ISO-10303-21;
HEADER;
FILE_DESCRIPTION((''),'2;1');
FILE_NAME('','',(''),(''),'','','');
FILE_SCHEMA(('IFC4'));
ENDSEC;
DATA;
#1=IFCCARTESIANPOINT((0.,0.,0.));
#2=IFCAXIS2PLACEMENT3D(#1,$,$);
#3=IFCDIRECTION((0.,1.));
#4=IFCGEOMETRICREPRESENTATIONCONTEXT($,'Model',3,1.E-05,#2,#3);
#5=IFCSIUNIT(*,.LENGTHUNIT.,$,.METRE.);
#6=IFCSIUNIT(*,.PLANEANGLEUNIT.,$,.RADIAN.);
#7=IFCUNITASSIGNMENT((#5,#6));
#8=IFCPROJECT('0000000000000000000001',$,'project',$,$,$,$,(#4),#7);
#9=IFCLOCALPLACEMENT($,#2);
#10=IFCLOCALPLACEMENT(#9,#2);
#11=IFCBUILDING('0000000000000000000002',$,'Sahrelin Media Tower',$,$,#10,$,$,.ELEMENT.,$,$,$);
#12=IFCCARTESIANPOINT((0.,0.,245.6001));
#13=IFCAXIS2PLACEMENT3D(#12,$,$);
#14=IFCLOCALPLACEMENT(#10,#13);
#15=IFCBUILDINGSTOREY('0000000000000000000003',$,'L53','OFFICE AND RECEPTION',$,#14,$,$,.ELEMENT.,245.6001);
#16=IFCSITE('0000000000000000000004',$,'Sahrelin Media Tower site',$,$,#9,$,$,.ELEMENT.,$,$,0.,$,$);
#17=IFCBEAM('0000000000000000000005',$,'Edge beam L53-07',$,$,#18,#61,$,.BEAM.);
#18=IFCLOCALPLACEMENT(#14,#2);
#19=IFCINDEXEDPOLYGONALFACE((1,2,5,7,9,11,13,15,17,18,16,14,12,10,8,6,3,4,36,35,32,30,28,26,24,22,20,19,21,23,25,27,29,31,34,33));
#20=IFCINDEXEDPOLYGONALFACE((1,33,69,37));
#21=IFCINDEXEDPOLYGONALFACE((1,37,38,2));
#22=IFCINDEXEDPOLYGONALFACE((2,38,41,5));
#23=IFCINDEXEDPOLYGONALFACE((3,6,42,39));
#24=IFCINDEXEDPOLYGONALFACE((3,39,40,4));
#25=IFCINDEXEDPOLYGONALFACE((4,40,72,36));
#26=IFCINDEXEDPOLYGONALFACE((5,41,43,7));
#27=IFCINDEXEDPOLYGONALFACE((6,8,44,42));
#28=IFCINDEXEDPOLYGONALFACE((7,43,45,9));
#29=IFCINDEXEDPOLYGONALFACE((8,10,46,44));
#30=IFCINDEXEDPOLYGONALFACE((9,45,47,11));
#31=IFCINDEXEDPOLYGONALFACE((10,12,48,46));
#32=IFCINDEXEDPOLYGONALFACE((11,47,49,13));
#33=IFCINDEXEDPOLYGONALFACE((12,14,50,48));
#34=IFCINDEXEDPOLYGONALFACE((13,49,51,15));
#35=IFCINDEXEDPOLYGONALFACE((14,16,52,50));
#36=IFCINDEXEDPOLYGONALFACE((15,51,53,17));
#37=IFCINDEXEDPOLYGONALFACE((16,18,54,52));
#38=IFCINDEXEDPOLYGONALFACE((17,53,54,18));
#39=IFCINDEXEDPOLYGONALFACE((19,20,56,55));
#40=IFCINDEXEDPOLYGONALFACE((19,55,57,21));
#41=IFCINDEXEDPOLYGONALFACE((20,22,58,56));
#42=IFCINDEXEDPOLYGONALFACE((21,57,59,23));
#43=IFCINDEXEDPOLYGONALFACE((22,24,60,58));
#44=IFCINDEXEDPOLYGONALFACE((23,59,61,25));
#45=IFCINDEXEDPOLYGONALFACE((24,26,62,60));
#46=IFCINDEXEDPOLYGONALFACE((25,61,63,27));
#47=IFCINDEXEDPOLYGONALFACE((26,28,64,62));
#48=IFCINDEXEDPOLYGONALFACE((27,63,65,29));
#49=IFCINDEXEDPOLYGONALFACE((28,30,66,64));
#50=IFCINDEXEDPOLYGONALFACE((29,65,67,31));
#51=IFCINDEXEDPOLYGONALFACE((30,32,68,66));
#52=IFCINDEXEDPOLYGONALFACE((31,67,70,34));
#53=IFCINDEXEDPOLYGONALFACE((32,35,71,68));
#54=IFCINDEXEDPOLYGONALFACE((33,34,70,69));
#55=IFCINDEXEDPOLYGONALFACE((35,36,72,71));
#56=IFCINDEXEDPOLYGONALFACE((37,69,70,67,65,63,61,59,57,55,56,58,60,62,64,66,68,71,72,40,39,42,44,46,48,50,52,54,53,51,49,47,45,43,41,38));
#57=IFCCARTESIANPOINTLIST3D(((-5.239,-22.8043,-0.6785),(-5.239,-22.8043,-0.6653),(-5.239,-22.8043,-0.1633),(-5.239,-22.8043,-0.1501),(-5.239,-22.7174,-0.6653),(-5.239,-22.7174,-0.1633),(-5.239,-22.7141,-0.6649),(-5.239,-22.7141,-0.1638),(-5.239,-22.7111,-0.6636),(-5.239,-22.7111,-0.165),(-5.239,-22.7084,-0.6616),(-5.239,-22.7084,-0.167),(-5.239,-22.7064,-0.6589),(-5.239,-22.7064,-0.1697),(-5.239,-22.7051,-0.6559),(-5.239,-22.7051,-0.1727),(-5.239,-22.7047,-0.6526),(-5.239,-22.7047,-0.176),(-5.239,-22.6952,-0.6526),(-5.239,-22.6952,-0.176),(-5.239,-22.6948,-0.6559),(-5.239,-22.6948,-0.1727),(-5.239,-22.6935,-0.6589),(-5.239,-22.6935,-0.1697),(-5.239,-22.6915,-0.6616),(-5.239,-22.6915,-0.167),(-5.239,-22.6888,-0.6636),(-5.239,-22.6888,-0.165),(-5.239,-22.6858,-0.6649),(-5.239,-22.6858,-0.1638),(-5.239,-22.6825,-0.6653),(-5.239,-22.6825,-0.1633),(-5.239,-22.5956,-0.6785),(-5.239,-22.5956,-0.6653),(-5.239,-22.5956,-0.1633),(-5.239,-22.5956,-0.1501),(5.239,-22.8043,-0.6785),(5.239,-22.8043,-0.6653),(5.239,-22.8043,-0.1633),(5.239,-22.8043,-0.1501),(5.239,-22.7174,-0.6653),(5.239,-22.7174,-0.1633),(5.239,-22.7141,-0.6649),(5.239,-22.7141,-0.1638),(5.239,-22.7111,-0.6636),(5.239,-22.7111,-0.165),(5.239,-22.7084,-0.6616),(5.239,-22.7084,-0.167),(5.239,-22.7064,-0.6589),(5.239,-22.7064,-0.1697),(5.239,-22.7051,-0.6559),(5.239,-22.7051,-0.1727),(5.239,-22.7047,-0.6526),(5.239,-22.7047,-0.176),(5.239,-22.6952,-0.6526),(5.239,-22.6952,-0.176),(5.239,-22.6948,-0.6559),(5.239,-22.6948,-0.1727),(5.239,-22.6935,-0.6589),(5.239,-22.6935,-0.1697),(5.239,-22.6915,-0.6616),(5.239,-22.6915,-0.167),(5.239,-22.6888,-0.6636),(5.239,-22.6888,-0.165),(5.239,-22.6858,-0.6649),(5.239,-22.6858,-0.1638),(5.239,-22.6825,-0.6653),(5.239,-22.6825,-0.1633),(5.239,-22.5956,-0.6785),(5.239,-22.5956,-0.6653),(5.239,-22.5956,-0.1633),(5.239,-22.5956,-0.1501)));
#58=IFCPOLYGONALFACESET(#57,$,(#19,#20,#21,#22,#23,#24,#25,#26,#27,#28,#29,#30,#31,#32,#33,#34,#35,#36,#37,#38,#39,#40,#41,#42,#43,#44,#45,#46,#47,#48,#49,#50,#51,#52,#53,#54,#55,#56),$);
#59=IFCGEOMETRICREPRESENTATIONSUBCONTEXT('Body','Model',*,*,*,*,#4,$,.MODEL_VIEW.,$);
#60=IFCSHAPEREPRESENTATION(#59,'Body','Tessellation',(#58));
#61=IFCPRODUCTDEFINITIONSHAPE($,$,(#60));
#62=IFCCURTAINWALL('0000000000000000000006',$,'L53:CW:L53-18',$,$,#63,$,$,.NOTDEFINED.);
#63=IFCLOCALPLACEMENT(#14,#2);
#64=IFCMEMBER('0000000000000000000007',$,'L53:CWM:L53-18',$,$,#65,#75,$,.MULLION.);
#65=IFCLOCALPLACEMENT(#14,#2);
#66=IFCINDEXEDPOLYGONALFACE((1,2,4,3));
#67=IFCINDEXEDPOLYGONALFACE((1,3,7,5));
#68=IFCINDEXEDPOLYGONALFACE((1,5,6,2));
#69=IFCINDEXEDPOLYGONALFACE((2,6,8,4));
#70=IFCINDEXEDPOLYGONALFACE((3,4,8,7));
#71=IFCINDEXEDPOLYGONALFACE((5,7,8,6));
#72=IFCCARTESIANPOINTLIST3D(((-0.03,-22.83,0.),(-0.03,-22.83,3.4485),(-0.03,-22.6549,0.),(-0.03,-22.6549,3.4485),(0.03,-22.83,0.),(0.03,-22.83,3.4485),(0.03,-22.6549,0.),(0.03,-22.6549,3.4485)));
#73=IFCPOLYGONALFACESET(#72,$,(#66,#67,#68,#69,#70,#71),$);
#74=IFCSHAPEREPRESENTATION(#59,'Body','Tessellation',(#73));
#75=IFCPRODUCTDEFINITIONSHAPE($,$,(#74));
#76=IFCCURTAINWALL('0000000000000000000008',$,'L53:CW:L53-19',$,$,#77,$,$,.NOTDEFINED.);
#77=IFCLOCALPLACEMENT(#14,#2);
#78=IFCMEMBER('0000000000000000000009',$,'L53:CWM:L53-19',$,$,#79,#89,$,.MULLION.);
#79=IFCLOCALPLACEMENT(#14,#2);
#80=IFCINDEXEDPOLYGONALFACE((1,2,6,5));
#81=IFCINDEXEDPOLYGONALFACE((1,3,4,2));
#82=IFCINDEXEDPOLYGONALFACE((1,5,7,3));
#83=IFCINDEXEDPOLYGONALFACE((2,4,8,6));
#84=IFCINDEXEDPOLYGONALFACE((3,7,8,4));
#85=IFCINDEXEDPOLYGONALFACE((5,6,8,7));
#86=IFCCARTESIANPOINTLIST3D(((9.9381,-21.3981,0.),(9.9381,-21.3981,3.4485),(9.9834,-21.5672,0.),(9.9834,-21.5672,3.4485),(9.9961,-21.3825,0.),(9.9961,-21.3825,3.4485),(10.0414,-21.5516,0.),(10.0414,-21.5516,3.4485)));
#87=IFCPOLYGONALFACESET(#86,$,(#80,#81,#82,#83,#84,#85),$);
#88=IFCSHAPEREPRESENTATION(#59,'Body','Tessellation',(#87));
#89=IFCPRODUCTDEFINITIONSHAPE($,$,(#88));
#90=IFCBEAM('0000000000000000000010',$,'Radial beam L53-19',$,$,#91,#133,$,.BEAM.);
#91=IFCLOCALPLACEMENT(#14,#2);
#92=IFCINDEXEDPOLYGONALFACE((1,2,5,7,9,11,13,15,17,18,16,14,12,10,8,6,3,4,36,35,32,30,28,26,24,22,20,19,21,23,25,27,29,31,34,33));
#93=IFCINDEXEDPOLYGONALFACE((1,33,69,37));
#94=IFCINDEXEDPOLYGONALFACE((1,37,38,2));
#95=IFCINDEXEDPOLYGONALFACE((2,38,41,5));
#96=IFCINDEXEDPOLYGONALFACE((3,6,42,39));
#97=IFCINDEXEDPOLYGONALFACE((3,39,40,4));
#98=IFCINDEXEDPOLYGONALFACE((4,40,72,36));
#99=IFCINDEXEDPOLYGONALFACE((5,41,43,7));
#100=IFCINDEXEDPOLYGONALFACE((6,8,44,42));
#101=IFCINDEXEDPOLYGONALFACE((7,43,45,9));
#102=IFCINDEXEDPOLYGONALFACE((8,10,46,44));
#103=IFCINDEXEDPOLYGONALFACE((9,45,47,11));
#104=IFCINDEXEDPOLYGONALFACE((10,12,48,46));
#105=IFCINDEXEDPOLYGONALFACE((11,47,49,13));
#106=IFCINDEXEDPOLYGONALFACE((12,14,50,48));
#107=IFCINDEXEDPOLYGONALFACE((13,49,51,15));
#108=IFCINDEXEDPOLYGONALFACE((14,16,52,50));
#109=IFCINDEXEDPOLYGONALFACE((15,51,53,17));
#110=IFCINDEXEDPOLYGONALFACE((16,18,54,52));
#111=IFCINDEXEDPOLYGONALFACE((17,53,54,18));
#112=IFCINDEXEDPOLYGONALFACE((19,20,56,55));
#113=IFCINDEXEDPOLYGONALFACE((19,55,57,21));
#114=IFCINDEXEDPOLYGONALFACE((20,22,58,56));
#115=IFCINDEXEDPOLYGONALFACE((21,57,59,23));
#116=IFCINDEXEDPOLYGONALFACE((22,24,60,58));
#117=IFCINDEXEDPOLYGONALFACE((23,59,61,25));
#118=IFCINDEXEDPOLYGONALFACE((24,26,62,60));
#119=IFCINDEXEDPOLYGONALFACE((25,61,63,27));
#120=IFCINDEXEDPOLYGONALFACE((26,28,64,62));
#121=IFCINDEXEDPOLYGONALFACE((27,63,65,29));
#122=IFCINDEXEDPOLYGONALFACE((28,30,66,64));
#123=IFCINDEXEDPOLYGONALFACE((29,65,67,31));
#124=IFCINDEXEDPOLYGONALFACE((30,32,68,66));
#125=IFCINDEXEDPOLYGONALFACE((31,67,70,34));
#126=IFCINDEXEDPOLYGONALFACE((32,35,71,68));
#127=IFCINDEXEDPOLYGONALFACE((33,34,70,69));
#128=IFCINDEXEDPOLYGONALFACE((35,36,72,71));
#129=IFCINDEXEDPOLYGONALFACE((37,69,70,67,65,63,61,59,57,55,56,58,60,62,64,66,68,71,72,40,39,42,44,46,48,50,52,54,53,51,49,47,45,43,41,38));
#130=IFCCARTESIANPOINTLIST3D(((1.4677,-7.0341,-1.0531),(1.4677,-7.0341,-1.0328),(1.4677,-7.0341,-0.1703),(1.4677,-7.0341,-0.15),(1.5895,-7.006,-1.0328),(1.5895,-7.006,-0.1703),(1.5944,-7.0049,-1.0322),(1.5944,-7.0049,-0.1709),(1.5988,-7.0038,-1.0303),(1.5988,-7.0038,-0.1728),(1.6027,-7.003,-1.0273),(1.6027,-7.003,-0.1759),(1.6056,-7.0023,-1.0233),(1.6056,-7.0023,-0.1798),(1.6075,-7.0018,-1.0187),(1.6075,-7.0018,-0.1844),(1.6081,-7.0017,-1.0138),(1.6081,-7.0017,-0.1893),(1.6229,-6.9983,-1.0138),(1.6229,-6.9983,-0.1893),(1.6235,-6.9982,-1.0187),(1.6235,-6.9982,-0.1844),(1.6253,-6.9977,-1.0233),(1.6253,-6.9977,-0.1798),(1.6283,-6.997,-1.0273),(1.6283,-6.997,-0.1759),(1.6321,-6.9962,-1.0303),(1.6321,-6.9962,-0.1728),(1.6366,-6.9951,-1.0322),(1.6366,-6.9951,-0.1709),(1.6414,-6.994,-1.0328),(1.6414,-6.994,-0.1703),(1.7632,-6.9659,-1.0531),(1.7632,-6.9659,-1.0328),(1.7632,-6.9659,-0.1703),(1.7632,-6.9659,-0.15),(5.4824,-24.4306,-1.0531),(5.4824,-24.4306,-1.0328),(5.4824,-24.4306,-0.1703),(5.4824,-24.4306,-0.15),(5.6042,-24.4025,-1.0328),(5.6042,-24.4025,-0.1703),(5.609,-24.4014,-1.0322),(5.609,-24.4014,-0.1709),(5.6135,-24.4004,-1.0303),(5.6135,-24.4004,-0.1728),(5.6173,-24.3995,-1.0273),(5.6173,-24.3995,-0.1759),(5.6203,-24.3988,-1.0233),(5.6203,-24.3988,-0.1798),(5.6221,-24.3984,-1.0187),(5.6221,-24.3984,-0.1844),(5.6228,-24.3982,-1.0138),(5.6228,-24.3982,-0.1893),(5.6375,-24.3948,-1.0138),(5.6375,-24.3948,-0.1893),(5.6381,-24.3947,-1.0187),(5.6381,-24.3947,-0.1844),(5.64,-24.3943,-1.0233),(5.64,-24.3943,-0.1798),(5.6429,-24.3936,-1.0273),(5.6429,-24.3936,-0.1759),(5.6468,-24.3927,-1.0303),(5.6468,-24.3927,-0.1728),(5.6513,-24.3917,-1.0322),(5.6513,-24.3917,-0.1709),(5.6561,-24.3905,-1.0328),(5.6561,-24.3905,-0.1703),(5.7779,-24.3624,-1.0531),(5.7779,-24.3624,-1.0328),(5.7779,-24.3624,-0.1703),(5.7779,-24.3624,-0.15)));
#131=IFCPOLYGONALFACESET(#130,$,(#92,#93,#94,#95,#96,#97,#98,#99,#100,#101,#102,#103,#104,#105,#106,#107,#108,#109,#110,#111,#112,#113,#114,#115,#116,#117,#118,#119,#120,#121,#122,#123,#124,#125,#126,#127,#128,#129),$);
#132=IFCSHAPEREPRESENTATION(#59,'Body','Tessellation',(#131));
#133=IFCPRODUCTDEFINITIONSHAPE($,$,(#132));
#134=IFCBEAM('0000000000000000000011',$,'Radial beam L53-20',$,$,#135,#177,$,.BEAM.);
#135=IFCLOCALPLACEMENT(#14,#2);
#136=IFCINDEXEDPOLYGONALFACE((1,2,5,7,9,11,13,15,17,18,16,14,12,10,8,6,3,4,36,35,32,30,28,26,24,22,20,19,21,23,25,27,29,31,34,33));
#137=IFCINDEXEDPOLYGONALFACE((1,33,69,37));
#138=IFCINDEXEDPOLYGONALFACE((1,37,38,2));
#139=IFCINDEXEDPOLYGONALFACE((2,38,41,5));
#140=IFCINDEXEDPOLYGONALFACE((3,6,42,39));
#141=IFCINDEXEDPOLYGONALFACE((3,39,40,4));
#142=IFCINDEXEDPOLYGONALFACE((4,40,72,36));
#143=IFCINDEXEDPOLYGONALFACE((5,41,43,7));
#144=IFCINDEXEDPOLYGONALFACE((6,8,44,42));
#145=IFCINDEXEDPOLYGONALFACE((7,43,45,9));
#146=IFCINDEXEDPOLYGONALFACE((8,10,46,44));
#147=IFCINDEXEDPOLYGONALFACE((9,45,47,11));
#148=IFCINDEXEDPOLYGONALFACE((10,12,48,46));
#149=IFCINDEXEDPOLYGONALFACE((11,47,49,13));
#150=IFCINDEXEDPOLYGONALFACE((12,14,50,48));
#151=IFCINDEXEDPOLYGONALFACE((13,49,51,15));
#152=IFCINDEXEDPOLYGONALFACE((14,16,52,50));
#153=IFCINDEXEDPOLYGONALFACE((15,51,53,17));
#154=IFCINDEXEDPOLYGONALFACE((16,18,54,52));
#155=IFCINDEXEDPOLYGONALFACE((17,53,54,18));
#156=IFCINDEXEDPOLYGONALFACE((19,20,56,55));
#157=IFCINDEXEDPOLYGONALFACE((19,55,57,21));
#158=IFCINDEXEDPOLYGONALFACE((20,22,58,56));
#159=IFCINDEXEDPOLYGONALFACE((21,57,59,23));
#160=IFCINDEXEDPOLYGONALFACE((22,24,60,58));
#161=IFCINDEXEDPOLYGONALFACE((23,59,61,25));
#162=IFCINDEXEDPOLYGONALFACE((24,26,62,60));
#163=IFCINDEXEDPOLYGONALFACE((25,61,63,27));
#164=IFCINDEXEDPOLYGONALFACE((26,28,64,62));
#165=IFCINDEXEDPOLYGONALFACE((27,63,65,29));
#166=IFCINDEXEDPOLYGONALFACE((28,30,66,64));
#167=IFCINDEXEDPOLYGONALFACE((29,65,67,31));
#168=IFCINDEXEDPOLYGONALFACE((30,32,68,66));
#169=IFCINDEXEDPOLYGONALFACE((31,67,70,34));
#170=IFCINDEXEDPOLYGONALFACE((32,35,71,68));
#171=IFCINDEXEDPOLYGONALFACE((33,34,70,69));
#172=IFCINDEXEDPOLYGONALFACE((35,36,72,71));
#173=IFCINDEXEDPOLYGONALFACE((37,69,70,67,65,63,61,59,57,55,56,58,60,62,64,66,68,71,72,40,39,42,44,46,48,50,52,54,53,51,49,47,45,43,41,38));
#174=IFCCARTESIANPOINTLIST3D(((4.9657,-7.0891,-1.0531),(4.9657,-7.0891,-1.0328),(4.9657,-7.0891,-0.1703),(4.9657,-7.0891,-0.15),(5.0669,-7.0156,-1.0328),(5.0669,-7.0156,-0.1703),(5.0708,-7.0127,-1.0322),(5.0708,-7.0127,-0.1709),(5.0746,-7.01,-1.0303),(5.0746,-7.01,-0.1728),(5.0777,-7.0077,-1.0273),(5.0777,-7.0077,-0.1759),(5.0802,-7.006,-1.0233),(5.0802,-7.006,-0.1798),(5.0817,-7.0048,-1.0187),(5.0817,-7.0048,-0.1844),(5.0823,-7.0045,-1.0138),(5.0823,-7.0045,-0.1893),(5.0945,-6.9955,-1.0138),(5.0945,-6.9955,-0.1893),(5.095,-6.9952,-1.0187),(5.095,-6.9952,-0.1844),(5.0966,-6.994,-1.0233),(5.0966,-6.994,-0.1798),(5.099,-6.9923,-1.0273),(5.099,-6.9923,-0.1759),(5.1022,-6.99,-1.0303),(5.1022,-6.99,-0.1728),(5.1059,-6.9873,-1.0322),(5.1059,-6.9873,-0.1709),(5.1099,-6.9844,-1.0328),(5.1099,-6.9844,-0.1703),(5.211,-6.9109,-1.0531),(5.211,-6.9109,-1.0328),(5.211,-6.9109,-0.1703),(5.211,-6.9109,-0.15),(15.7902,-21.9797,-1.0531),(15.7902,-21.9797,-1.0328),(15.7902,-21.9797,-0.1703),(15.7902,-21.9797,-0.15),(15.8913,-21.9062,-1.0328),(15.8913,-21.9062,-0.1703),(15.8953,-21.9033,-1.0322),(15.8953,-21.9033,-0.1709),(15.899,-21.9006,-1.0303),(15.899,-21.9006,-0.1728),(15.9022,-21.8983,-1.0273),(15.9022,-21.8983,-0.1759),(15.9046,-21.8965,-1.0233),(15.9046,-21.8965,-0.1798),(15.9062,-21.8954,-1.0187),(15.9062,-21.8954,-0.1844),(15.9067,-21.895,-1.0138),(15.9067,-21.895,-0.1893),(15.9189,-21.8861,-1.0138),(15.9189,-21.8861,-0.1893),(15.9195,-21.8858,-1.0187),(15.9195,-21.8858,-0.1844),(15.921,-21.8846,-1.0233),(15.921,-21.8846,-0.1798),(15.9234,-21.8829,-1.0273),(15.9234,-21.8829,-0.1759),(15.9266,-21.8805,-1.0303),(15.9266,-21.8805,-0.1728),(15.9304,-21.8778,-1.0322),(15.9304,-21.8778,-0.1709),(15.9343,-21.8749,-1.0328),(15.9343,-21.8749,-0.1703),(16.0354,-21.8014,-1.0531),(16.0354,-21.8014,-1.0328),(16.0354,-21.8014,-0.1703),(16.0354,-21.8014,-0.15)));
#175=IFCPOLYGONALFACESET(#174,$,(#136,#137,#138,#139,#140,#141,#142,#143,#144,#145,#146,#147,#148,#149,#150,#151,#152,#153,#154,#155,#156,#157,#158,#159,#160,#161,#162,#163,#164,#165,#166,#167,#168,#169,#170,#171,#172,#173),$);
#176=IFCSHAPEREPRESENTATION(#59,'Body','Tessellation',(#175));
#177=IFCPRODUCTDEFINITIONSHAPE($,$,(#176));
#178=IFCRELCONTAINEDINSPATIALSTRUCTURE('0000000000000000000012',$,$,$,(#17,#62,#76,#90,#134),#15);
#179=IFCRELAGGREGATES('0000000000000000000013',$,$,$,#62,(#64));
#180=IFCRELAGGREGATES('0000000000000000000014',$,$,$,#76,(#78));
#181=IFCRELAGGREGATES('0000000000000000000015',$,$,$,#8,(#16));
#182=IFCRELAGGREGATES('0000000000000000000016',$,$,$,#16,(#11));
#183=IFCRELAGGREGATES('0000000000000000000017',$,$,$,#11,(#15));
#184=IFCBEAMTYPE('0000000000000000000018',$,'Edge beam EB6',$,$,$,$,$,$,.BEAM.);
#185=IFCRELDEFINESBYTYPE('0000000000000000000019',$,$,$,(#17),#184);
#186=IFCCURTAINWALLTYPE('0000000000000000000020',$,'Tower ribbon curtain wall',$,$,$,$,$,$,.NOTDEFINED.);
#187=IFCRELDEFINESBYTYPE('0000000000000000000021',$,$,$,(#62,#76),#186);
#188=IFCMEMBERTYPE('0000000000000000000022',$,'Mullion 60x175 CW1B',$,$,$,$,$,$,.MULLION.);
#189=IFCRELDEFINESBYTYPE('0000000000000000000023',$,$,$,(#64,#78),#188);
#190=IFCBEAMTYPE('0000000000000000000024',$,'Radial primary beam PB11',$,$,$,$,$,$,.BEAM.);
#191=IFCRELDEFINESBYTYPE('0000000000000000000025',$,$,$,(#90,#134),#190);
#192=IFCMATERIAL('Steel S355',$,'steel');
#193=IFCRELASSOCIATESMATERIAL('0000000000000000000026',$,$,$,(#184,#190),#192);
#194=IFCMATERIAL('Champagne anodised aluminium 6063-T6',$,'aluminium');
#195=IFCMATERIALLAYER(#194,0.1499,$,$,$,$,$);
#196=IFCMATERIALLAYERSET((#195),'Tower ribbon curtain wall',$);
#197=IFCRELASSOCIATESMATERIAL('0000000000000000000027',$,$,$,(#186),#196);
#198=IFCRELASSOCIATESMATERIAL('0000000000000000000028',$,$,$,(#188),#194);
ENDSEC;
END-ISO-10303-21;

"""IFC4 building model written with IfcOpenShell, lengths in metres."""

from ifc_helpers import new_model, si_unit, direction, frame, origin, origin_2d, place, context, subcontext, project, spatial, rectangle, i_section, extrude, material, layer, layer_set, material_profile, profile_set, type_object, element, aggregate, save


model = new_model("IFC4")

# Units and contexts
model_context = context("Model", 3, precision=1e-05, world=origin(), true_north=direction((0.0, 1.0)))
body_context = subcontext(model_context, "Body", "Model", "MODEL_VIEW")
ifc_project = project(units=[si_unit("LENGTHUNIT", "METRE"), si_unit("PLANEANGLEUNIT", "RADIAN")], contexts=[model_context])

# Site, building, storey
site_placement = place(None, origin())
site = spatial("IfcSite", under=ifc_project, at=site_placement, Name="Sahrelin Media Tower site", CompositionType="ELEMENT", RefElevation=0.0)
building_placement = place(site_placement, origin())
building = spatial("IfcBuilding", under=site, at=building_placement, Name="Sahrelin Media Tower", CompositionType="ELEMENT")
storey_placement = place(building_placement, frame((0.0, 0.0, 245.6001)))
storey = spatial("IfcBuildingStorey", under=building, at=storey_placement, Name="L53", Description="OFFICE AND RECEPTION", CompositionType="ELEMENT", Elevation=245.6001)

# Beam
ifc_material_1 = material(Name="Steel S355", Category="steel")
ifc_material_profile_1 = material_profile(ifc_material_1, i_section(OverallWidth=0.2087, OverallDepth=0.5283, WebThickness=0.0095, FlangeThickness=0.0132, FilletRadius=0.0127, at=origin_2d()), Name="UB 533x210x82")
ifc_profile_set_1 = profile_set([ifc_material_profile_1], Name="Steel S355")
beam_type_1 = type_object("IfcBeamType", Name="Edge beam EB6", PredefinedType="BEAM", material=ifc_profile_set_1)
beam_1_placement = place(storey_placement, frame((5.239, -22.7, -0.4143), z_axis=(-1.0, 0.0, 0.0), x_axis=(0.0, -1.0, 0.0)))
element("IfcBeam", 1, at=beam_1_placement, inside=storey, type_object=beam_type_1, Name="Edge beam L53-07", PredefinedType="BEAM", context=body_context, shape_type="SweptSolid", body=[
    extrude(i_section(OverallWidth=0.2087, OverallDepth=0.5283, WebThickness=0.0095, FlangeThickness=0.0132, FilletRadius=0.0127, at=origin_2d()), origin(), (0.0, 0.0, 1.0), 10.478),
])

# Curtain walls, members
ifc_material_2 = material(Name="Champagne anodised aluminium 6063-T6", Category="aluminium")
ifc_layer_1 = layer(ifc_material_2, 0.1499)
ifc_layer_set_1 = layer_set([ifc_layer_1], Name="Tower ribbon curtain wall")
curtain_wall_type = type_object("IfcCurtainWallType", Name="Tower ribbon curtain wall", PredefinedType="NOTDEFINED", material=ifc_layer_set_1)
curtain_wall_1_placement = place(storey_placement, frame((0.0, -22.8501, 0.0), z_axis=(0.0, 0.0, 1.0), x_axis=(1.0, 0.0, 0.0)))
curtain_wall_1 = element("IfcCurtainWall", 2, at=curtain_wall_1_placement, inside=storey, type_object=curtain_wall_type, Name="L53:CW:L53-18", PredefinedType="NOTDEFINED")
ifc_material_profile_2 = material_profile(ifc_material_2, rectangle(XDim=0.0601, YDim=0.175, at=origin_2d()), Name="Mullion 60x175")
ifc_profile_set_2 = profile_set([ifc_material_profile_2], Name="Champagne anodised aluminium 6063-T6")
member_type_1 = type_object("IfcMemberType", Name="Mullion 60x175 CW1B", PredefinedType="MULLION", material=ifc_profile_set_2)
member_1_placement = place(storey_placement, frame((0.0, -22.7424, 0.0), z_axis=(0.0, 0.0, 1.0), x_axis=(1.0, 0.0, 0.0)))
member_1 = element("IfcMember", 3, at=member_1_placement, type_object=member_type_1, Name="L53:CWM:L53-18", PredefinedType="MULLION", context=body_context, shape_type="SweptSolid", body=[
    extrude(rectangle(XDim=0.0601, YDim=0.175, at=origin_2d()), origin(), (0.0, 0.0, 1.0), 3.4485),
])
aggregate(curtain_wall_1, [member_1])
curtain_wall_2_placement = place(storey_placement, frame((10.0176, -21.5789, 0.0), z_axis=(0.0, 0.0, 1.0), x_axis=(1.0, 0.0, 0.0)))
curtain_wall_2 = element("IfcCurtainWall", 4, at=curtain_wall_2_placement, inside=storey, type_object=curtain_wall_type, Name="L53:CW:L53-19", PredefinedType="NOTDEFINED")
member_2_placement = place(storey_placement, frame((9.9897, -21.4749, 0.0), z_axis=(0.0, 0.0, 1.0), x_axis=(0.965925, 0.258821, 0.0)))
member_2 = element("IfcMember", 5, at=member_2_placement, type_object=member_type_1, Name="L53:CWM:L53-19", PredefinedType="MULLION", context=body_context, shape_type="SweptSolid", body=[
    extrude(rectangle(XDim=0.0601, YDim=0.175, at=origin_2d()), origin(), (0.0, 0.0, 1.0), 3.4485),
])

# Beams
ifc_material_profile_3 = material_profile(ifc_material_1, i_section(OverallWidth=0.3032, OverallDepth=0.9031, WebThickness=0.0151, FlangeThickness=0.0203, FilletRadius=0.019, at=origin_2d()), Name="UB 914x305x201")
ifc_profile_set_3 = profile_set([ifc_material_profile_3], Name="Steel S355")
beam_type_2 = type_object("IfcBeamType", Name="Radial primary beam PB11", PredefinedType="BEAM", material=ifc_profile_set_3)
beam_2_placement = place(storey_placement, frame((1.6155, -7.0, -0.6016), z_axis=(0.224864, -0.97439, 0.0), x_axis=(0.97439, 0.224864, 0.0)))
element("IfcBeam", 6, at=beam_2_placement, inside=storey, type_object=beam_type_2, Name="Radial beam L53-19", PredefinedType="BEAM", context=body_context, shape_type="SweptSolid", body=[
    extrude(i_section(OverallWidth=0.3032, OverallDepth=0.9031, WebThickness=0.0151, FlangeThickness=0.0203, FilletRadius=0.019, at=origin_2d()), origin(), (0.0, 0.0, 1.0), 17.8538),
])
beam_3_placement = place(storey_placement, frame((5.0884, -7.0, -0.6016), z_axis=(0.587991, -0.808867, 0.0), x_axis=(0.808867, 0.587991, 0.0)))
element("IfcBeam", 7, at=beam_3_placement, inside=storey, type_object=beam_type_2, Name="Radial beam L53-20", PredefinedType="BEAM", context=body_context, shape_type="SweptSolid", body=[
    extrude(i_section(OverallWidth=0.3032, OverallDepth=0.9031, WebThickness=0.0151, FlangeThickness=0.0203, FilletRadius=0.019, at=origin_2d()), origin(), (0.0, 0.0, 1.0), 18.4092),
])

aggregate(curtain_wall_2, [member_2])

save(model, "model.ifc")
